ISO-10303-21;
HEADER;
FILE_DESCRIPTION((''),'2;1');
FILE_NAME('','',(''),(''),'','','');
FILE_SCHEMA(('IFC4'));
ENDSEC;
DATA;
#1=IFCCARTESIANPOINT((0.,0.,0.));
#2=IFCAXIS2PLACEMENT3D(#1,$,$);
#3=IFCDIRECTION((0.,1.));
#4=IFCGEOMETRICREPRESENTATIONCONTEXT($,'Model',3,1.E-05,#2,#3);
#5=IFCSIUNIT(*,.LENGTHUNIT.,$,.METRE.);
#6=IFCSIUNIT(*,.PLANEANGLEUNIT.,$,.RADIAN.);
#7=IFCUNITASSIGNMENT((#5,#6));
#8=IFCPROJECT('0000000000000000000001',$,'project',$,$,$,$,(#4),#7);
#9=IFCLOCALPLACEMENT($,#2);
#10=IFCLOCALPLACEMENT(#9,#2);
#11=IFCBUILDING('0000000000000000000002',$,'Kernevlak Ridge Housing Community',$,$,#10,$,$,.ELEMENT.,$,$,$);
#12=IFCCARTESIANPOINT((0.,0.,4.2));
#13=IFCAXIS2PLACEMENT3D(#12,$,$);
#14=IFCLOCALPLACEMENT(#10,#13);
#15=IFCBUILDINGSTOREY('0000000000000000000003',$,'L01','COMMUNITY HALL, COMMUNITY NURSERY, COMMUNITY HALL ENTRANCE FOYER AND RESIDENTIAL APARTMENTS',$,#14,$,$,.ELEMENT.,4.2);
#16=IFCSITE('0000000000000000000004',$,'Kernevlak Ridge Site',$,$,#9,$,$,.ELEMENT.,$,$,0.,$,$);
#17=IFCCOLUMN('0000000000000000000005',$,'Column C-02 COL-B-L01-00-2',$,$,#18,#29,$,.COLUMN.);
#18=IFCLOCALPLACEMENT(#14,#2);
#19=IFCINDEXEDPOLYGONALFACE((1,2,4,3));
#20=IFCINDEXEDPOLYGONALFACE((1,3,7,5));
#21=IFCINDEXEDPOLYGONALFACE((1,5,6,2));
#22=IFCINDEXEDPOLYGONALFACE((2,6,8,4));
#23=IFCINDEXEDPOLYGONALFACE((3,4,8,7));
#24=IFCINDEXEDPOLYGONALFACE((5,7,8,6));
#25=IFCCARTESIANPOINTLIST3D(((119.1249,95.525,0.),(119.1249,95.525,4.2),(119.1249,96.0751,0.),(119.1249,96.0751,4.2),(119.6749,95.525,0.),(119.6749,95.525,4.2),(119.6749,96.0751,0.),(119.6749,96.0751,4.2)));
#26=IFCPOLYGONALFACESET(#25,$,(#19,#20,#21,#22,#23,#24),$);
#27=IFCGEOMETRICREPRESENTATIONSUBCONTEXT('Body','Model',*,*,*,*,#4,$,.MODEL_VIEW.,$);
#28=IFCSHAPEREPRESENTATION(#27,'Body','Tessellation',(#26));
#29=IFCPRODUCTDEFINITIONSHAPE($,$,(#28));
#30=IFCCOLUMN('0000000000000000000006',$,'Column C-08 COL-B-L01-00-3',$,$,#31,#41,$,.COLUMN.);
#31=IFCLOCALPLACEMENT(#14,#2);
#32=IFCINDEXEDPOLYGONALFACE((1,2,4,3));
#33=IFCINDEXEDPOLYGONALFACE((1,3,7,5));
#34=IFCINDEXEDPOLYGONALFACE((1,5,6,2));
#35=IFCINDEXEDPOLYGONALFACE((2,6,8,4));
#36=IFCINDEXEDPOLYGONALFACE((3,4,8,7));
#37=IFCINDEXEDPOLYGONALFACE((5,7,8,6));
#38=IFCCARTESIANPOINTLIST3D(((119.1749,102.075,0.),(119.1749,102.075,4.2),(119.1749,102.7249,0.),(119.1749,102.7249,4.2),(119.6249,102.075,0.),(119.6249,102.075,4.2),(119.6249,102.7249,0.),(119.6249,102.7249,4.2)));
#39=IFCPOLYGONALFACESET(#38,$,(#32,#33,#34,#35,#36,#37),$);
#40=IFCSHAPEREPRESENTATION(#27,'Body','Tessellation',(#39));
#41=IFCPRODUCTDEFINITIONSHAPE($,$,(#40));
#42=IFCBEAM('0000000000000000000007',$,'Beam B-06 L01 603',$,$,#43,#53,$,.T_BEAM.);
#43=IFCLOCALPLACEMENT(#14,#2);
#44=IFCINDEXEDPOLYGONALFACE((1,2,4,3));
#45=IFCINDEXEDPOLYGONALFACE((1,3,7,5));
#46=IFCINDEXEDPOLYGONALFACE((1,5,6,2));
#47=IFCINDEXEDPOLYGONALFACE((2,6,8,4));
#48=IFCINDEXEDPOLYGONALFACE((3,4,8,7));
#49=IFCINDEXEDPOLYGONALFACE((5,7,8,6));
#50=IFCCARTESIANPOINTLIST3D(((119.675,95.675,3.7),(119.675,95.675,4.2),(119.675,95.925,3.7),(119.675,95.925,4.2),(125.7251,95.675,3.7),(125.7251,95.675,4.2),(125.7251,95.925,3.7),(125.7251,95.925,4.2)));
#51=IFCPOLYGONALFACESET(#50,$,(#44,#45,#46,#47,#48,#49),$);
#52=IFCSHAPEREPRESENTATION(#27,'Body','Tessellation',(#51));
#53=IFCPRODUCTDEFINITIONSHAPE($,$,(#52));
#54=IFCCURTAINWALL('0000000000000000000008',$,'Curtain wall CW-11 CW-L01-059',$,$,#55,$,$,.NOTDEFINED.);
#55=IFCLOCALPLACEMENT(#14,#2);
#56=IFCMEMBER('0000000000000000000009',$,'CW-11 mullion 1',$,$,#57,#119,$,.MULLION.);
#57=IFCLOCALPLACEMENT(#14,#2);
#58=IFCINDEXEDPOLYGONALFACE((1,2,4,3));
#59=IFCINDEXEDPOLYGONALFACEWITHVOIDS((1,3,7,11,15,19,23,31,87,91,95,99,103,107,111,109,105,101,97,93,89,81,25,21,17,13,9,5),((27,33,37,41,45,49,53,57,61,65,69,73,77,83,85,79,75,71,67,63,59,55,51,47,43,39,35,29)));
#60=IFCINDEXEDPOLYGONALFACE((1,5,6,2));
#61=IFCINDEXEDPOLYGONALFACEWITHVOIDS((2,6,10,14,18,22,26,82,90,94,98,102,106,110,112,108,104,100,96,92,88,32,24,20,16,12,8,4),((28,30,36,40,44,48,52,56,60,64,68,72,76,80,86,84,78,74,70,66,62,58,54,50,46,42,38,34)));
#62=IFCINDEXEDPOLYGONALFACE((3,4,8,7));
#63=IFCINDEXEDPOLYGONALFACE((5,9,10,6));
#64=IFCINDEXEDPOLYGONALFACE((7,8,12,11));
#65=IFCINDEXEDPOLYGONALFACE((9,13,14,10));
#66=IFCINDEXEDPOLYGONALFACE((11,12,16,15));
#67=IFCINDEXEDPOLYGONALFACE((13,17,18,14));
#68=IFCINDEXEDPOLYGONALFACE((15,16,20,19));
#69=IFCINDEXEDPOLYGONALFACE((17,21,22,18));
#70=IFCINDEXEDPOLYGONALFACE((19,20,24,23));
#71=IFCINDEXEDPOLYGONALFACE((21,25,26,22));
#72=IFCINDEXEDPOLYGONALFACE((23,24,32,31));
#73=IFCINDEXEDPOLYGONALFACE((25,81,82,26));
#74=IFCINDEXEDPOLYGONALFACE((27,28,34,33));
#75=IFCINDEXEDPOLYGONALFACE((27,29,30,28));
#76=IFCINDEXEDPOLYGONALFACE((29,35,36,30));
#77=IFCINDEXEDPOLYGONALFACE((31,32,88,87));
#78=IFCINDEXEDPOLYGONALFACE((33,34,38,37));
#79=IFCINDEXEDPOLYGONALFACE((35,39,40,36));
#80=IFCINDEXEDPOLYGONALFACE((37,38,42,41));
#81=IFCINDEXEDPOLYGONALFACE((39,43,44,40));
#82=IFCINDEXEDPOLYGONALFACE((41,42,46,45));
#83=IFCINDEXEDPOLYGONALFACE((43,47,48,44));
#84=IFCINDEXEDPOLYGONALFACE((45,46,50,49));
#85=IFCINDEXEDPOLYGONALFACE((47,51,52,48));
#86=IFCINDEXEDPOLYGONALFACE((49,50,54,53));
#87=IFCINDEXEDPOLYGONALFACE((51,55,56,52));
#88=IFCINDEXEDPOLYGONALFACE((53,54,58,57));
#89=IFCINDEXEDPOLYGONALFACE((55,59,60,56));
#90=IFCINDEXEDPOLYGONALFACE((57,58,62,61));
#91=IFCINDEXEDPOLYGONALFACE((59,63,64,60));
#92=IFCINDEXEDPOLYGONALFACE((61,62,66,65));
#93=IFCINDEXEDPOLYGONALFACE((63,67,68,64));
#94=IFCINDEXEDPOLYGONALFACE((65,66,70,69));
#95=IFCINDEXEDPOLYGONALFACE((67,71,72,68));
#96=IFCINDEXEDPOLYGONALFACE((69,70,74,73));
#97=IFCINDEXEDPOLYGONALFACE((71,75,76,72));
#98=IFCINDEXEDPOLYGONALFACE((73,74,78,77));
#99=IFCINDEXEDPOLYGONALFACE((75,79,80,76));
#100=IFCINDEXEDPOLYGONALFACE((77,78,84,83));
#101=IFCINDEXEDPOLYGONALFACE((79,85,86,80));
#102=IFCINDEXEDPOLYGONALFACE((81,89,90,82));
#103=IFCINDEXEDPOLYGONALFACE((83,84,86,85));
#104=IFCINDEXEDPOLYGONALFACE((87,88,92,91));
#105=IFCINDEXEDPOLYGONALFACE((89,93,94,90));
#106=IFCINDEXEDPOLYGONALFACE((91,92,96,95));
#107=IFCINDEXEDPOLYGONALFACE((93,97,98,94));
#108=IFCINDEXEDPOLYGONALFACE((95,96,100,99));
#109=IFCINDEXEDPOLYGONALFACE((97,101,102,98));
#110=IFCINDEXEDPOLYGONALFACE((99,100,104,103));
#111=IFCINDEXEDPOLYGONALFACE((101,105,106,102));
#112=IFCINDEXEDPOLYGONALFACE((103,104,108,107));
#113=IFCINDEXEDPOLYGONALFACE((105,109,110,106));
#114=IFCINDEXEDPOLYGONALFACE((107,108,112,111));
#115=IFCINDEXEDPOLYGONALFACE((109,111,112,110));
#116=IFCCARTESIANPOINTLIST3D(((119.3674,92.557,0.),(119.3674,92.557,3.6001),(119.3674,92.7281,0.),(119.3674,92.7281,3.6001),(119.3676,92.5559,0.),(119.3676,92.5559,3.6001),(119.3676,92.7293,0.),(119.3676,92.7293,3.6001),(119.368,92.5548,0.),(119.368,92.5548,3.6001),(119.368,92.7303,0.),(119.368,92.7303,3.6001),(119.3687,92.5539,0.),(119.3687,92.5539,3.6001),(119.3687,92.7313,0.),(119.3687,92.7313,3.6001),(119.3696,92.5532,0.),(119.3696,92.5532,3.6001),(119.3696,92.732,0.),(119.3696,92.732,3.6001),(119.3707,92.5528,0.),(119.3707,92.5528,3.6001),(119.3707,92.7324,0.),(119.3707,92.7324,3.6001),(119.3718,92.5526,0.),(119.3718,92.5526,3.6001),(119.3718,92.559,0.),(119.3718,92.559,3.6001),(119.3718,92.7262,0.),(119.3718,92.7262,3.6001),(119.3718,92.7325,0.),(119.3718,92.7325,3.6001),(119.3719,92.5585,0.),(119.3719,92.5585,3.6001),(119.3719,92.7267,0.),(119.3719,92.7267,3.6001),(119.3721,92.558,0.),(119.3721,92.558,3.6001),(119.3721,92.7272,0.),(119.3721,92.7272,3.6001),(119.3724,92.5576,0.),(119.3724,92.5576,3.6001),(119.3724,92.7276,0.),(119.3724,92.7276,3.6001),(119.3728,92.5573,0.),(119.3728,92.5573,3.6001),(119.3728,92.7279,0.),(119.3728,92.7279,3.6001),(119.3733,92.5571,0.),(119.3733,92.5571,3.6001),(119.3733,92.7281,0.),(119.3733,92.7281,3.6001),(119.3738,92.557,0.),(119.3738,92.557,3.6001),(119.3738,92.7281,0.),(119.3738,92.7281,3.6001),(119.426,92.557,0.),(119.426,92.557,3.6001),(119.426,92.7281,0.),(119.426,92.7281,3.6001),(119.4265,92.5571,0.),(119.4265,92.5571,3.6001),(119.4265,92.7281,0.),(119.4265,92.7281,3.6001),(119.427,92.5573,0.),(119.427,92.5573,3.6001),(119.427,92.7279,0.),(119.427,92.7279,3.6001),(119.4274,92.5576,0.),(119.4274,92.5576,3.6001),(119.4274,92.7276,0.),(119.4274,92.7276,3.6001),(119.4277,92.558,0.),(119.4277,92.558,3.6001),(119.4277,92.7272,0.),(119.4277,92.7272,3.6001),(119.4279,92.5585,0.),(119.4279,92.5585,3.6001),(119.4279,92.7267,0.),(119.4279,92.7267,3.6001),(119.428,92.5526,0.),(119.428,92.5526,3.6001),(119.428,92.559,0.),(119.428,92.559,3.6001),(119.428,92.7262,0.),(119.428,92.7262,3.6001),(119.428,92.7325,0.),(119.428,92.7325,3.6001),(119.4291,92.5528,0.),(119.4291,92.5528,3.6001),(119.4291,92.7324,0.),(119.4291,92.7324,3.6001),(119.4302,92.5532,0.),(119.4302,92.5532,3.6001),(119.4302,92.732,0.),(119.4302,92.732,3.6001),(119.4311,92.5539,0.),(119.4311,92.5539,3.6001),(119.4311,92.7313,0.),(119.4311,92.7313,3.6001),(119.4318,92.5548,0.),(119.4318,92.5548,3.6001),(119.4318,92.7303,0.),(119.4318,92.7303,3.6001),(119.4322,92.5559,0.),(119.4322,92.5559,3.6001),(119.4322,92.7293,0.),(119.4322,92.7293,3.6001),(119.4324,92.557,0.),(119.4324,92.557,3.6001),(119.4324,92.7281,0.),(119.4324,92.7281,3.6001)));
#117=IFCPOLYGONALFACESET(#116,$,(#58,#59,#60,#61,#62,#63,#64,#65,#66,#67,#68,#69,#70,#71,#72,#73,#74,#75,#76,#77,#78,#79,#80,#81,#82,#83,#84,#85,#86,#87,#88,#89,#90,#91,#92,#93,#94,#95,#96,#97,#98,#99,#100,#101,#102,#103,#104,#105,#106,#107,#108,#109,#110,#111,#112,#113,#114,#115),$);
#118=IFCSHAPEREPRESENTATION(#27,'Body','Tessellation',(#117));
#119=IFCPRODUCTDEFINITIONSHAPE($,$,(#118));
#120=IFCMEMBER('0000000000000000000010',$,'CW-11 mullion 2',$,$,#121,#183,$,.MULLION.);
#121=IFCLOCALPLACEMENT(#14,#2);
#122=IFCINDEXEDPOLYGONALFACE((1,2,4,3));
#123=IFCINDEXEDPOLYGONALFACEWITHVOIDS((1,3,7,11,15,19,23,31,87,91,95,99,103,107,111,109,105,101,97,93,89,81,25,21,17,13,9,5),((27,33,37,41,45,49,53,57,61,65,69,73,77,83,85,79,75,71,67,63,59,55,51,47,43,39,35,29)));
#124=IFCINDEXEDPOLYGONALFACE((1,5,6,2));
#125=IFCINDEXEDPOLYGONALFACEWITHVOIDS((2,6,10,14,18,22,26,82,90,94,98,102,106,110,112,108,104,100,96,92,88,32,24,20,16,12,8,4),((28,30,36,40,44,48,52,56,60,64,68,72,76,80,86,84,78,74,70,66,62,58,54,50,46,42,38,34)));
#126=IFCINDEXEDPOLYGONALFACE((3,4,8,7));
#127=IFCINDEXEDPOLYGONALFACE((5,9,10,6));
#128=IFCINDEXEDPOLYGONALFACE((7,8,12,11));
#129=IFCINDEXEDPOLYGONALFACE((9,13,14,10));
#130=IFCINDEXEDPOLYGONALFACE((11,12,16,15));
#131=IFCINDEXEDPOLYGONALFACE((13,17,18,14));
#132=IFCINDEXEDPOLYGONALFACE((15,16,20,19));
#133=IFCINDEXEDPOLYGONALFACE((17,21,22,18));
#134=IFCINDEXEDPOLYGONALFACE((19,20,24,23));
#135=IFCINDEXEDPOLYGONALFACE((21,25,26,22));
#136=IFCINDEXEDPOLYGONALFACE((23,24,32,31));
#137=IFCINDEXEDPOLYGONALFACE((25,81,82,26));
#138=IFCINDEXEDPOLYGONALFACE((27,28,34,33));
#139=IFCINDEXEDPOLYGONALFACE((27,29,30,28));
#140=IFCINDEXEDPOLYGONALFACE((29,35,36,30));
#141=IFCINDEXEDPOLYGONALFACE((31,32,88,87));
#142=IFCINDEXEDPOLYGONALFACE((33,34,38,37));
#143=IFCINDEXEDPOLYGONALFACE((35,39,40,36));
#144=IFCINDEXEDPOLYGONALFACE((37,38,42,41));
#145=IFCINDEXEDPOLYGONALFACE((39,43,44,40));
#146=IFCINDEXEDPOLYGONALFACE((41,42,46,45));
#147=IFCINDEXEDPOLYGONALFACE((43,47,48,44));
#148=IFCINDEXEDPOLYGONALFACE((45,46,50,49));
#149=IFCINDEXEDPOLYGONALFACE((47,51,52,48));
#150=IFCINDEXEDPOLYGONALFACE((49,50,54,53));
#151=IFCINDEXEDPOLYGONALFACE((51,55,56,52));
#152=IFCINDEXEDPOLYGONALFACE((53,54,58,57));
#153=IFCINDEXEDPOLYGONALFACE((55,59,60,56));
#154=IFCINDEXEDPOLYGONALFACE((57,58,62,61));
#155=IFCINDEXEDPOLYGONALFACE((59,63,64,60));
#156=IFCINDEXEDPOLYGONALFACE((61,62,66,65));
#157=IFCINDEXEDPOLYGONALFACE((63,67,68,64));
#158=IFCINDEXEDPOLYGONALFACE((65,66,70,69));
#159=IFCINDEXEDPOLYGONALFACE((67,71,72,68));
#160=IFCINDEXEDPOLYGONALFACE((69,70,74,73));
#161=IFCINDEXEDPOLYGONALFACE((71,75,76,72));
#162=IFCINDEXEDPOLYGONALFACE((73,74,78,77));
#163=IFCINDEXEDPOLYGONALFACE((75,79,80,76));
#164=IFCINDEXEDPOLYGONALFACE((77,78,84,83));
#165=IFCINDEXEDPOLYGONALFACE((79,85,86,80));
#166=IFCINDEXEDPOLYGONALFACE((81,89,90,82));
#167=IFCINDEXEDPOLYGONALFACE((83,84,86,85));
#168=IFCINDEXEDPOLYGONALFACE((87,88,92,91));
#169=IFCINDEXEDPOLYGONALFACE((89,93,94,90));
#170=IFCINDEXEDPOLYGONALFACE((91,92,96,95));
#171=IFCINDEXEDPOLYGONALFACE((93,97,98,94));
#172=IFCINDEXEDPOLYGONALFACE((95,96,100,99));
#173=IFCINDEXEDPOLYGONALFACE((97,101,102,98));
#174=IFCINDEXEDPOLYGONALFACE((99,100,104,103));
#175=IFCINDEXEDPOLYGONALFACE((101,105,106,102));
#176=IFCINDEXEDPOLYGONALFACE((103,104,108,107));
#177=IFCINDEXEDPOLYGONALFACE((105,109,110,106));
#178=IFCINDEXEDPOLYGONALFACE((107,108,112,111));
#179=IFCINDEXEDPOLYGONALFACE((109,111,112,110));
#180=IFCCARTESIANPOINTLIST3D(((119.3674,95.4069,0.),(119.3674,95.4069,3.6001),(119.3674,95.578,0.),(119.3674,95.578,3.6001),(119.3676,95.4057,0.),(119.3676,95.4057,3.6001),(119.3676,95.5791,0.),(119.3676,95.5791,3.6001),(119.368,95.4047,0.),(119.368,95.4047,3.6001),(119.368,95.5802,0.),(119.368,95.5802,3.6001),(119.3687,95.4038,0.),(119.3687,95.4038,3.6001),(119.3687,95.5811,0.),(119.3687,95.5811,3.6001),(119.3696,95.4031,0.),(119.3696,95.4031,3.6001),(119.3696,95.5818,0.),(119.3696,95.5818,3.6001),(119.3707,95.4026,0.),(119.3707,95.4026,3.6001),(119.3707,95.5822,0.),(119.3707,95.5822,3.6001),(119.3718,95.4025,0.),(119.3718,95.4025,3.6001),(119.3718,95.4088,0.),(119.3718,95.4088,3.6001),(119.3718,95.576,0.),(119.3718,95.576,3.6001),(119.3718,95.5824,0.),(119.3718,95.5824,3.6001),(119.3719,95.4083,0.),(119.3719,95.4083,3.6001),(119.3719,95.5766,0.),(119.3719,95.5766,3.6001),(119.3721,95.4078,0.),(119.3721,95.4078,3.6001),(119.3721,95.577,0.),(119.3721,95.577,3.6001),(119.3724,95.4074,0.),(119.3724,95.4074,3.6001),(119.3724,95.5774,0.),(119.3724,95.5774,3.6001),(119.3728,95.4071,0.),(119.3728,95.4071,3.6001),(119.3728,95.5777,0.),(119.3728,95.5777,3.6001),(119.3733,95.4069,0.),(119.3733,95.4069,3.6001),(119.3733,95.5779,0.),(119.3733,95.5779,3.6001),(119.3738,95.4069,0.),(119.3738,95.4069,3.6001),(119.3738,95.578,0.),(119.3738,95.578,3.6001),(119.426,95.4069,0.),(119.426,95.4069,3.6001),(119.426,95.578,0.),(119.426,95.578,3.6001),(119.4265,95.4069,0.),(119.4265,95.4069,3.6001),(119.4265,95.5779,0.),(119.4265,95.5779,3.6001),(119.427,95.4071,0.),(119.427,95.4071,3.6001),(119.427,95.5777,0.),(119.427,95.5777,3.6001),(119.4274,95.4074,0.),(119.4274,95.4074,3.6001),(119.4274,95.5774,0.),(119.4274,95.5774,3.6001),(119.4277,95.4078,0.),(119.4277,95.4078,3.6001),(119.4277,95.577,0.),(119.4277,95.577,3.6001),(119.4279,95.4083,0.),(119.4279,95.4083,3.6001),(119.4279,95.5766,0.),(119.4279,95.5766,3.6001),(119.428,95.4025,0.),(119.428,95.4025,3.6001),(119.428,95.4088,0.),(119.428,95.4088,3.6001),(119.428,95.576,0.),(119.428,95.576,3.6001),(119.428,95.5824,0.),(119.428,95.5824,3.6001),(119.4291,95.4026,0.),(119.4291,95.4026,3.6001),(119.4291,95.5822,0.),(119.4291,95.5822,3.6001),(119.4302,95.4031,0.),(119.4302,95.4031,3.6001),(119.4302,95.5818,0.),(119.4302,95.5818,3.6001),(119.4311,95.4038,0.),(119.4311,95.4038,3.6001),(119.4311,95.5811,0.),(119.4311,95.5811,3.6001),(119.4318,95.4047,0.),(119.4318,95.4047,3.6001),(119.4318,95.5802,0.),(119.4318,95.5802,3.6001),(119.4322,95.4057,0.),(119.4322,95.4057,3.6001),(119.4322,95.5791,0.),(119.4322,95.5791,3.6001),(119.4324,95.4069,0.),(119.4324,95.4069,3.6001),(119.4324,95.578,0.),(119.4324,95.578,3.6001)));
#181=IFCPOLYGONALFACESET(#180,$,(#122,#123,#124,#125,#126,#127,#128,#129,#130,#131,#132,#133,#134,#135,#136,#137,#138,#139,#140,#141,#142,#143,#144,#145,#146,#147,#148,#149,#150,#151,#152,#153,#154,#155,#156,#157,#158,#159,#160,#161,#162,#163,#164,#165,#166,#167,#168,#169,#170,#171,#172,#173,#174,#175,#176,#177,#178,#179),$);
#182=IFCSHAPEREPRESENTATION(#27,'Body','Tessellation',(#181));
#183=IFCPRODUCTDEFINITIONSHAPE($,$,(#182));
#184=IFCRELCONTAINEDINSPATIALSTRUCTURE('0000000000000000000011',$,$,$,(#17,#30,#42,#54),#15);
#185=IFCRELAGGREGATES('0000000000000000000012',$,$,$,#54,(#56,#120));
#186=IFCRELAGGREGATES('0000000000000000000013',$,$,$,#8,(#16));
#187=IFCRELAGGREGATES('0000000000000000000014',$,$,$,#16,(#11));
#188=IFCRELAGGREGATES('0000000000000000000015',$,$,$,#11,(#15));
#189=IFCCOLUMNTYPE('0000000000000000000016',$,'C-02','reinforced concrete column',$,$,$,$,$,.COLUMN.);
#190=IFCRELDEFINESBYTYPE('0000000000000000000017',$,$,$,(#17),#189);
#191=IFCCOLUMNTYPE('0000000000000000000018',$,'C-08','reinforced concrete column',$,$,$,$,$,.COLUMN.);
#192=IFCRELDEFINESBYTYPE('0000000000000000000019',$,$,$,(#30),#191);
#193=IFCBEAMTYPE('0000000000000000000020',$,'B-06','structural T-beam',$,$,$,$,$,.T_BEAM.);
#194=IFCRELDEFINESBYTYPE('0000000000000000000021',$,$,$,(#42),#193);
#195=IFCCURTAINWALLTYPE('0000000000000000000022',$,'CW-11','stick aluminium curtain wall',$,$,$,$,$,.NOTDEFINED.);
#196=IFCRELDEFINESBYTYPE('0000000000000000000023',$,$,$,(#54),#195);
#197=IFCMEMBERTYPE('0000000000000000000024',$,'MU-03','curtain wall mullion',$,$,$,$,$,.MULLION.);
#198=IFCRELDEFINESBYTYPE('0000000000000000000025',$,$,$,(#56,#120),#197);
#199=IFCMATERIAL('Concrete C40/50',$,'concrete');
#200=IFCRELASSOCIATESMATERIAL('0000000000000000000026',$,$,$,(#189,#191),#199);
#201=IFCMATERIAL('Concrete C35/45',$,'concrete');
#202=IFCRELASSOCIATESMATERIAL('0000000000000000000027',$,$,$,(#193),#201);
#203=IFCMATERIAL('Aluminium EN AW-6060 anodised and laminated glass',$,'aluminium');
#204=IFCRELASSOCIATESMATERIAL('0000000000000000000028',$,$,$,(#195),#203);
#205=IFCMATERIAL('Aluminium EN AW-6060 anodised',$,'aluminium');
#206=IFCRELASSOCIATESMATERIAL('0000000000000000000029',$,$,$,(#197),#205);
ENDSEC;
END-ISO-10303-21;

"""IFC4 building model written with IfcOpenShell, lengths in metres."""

from ifc_helpers import new_model, si_unit, direction, frame, origin, origin_2d, place, context, subcontext, project, spatial, rectangle, hollow_rectangle, extrude, material, material_profile, profile_set, type_object, element, aggregate, save


model = new_model("IFC4")

# Units and contexts
model_context = context("Model", 3, precision=1e-05, world=origin(), true_north=direction((0.0, 1.0)))
body_context = subcontext(model_context, "Body", "Model", "MODEL_VIEW")
ifc_project = project(units=[si_unit("LENGTHUNIT", "METRE"), si_unit("PLANEANGLEUNIT", "RADIAN")], contexts=[model_context])

# Site, building, storey
site_placement = place(None, origin())
site = spatial("IfcSite", under=ifc_project, at=site_placement, Name="Kernevlak Ridge Site", CompositionType="ELEMENT", RefElevation=0.0)
building_placement = place(site_placement, origin())
building = spatial("IfcBuilding", under=site, at=building_placement, Name="Kernevlak Ridge Housing Community", CompositionType="ELEMENT")
storey_placement = place(building_placement, frame((0.0, 0.0, 4.2)))
storey = spatial("IfcBuildingStorey", under=building, at=storey_placement, Name="L01", Description="COMMUNITY HALL, COMMUNITY NURSERY, COMMUNITY HALL ENTRANCE FOYER AND RESIDENTIAL APARTMENTS", CompositionType="ELEMENT", Elevation=4.2)

# Columns
ifc_material_1 = material(Name="Concrete C40/50", Category="concrete")
ifc_material_profile_1 = material_profile(ifc_material_1, rectangle(XDim=0.55, YDim=0.55, at=origin_2d()), Name="RC 550x550")
ifc_profile_set_1 = profile_set([ifc_material_profile_1], Name="Concrete C40/50")
column_type_1 = type_object("IfcColumnType", Name="C-02", Description="reinforced concrete column", PredefinedType="COLUMN", material=ifc_profile_set_1)
column_1_placement = place(storey_placement, frame((119.3999, 95.8, 0.0), z_axis=(0.0, 0.0, 1.0), x_axis=(1.0, 0.0, 0.0)))
element("IfcColumn", 1, at=column_1_placement, inside=storey, type_object=column_type_1, Name="Column C-02 COL-B-L01-00-2", PredefinedType="COLUMN", context=body_context, shape_type="SweptSolid", body=[
    extrude(rectangle(XDim=0.55, YDim=0.55, at=origin_2d()), origin(), (0.0, 0.0, 1.0), 4.2),
])
ifc_material_profile_2 = material_profile(ifc_material_1, rectangle(XDim=0.45, YDim=0.6499, at=origin_2d()), Name="RC 450x650")
ifc_profile_set_2 = profile_set([ifc_material_profile_2], Name="Concrete C40/50")
column_type_2 = type_object("IfcColumnType", Name="C-08", Description="reinforced concrete column", PredefinedType="COLUMN", material=ifc_profile_set_2)
column_2_placement = place(storey_placement, frame((119.3999, 102.3999, 0.0), z_axis=(0.0, 0.0, 1.0), x_axis=(1.0, 0.0, 0.0)))
element("IfcColumn", 2, at=column_2_placement, inside=storey, type_object=column_type_2, Name="Column C-08 COL-B-L01-00-3", PredefinedType="COLUMN", context=body_context, shape_type="SweptSolid", body=[
    extrude(rectangle(XDim=0.45, YDim=0.6499, at=origin_2d()), origin(), (0.0, 0.0, 1.0), 4.2),
])

# Beam
ifc_material_2 = material(Name="Concrete C35/45", Category="concrete")
ifc_material_profile_3 = material_profile(ifc_material_2, rectangle(XDim=0.25, YDim=0.5, at=origin_2d()), Name="RC 250x500")
ifc_profile_set_3 = profile_set([ifc_material_profile_3], Name="Concrete C35/45")
beam_type_1 = type_object("IfcBeamType", Name="B-06", Description="structural T-beam", PredefinedType="T_BEAM", material=ifc_profile_set_3)
beam_1_placement = place(storey_placement, frame((119.675, 95.8, 3.95), z_axis=(1.0, 0.0, 0.0), x_axis=(0.0, 1.0, 0.0)))
element("IfcBeam", 3, at=beam_1_placement, inside=storey, type_object=beam_type_1, Name="Beam B-06 L01 603", PredefinedType="T_BEAM", context=body_context, shape_type="SweptSolid", body=[
    extrude(rectangle(XDim=0.25, YDim=0.5, at=origin_2d()), origin(), (0.0, 0.0, 1.0), 6.05),
])

# Curtain wall, members
ifc_material_3 = material(Name="Aluminium EN AW-6060 anodised and laminated glass", Category="aluminium")
curtain_wall_type = type_object("IfcCurtainWallType", Name="CW-11", Description="stick aluminium curtain wall", PredefinedType="NOTDEFINED", material=ifc_material_3)
curtain_wall_placement = place(storey_placement, origin())
curtain_wall = element("IfcCurtainWall", 4, at=curtain_wall_placement, inside=storey, type_object=curtain_wall_type, Name="Curtain wall CW-11 CW-L01-059", PredefinedType="NOTDEFINED")
ifc_material_4 = material(Name="Aluminium EN AW-6060 anodised", Category="aluminium")
ifc_material_profile_4 = material_profile(ifc_material_4, hollow_rectangle(XDim=0.0649, YDim=0.1799, WallThickness=0.0044, InnerFilletRadius=0.002, OuterFilletRadius=0.0044, at=origin_2d()), Name="ALU 65x180x4.5")
ifc_profile_set_4 = profile_set([ifc_material_profile_4], Name="Aluminium EN AW-6060 anodised")
member_type_1 = type_object("IfcMemberType", Name="MU-03", Description="curtain wall mullion", PredefinedType="MULLION", material=ifc_profile_set_4)
member_1_placement = place(storey_placement, frame((119.3999, 92.6426, 0.0), z_axis=(0.0, 0.0, 1.0), x_axis=(-1.0, 0.0, 0.0)))
member_1 = element("IfcMember", 5, at=member_1_placement, type_object=member_type_1, Name="CW-11 mullion 1", PredefinedType="MULLION", context=body_context, shape_type="SweptSolid", body=[
    extrude(hollow_rectangle(XDim=0.0649, YDim=0.1799, WallThickness=0.0044, InnerFilletRadius=0.002, OuterFilletRadius=0.0044, at=origin_2d()), origin(), (0.0, 0.0, 1.0), 3.6001),
])
member_2_placement = place(storey_placement, frame((119.3999, 95.4924, 0.0), z_axis=(0.0, 0.0, 1.0), x_axis=(-1.0, 0.0, 0.0)))
member_2 = element("IfcMember", 6, at=member_2_placement, type_object=member_type_1, Name="CW-11 mullion 2", PredefinedType="MULLION", context=body_context, shape_type="SweptSolid", body=[
    extrude(hollow_rectangle(XDim=0.0649, YDim=0.1799, WallThickness=0.0044, InnerFilletRadius=0.002, OuterFilletRadius=0.0044, at=origin_2d()), origin(), (0.0, 0.0, 1.0), 3.6001),
])

aggregate(curtain_wall, [member_1, member_2])

save(model, "model.ifc")
